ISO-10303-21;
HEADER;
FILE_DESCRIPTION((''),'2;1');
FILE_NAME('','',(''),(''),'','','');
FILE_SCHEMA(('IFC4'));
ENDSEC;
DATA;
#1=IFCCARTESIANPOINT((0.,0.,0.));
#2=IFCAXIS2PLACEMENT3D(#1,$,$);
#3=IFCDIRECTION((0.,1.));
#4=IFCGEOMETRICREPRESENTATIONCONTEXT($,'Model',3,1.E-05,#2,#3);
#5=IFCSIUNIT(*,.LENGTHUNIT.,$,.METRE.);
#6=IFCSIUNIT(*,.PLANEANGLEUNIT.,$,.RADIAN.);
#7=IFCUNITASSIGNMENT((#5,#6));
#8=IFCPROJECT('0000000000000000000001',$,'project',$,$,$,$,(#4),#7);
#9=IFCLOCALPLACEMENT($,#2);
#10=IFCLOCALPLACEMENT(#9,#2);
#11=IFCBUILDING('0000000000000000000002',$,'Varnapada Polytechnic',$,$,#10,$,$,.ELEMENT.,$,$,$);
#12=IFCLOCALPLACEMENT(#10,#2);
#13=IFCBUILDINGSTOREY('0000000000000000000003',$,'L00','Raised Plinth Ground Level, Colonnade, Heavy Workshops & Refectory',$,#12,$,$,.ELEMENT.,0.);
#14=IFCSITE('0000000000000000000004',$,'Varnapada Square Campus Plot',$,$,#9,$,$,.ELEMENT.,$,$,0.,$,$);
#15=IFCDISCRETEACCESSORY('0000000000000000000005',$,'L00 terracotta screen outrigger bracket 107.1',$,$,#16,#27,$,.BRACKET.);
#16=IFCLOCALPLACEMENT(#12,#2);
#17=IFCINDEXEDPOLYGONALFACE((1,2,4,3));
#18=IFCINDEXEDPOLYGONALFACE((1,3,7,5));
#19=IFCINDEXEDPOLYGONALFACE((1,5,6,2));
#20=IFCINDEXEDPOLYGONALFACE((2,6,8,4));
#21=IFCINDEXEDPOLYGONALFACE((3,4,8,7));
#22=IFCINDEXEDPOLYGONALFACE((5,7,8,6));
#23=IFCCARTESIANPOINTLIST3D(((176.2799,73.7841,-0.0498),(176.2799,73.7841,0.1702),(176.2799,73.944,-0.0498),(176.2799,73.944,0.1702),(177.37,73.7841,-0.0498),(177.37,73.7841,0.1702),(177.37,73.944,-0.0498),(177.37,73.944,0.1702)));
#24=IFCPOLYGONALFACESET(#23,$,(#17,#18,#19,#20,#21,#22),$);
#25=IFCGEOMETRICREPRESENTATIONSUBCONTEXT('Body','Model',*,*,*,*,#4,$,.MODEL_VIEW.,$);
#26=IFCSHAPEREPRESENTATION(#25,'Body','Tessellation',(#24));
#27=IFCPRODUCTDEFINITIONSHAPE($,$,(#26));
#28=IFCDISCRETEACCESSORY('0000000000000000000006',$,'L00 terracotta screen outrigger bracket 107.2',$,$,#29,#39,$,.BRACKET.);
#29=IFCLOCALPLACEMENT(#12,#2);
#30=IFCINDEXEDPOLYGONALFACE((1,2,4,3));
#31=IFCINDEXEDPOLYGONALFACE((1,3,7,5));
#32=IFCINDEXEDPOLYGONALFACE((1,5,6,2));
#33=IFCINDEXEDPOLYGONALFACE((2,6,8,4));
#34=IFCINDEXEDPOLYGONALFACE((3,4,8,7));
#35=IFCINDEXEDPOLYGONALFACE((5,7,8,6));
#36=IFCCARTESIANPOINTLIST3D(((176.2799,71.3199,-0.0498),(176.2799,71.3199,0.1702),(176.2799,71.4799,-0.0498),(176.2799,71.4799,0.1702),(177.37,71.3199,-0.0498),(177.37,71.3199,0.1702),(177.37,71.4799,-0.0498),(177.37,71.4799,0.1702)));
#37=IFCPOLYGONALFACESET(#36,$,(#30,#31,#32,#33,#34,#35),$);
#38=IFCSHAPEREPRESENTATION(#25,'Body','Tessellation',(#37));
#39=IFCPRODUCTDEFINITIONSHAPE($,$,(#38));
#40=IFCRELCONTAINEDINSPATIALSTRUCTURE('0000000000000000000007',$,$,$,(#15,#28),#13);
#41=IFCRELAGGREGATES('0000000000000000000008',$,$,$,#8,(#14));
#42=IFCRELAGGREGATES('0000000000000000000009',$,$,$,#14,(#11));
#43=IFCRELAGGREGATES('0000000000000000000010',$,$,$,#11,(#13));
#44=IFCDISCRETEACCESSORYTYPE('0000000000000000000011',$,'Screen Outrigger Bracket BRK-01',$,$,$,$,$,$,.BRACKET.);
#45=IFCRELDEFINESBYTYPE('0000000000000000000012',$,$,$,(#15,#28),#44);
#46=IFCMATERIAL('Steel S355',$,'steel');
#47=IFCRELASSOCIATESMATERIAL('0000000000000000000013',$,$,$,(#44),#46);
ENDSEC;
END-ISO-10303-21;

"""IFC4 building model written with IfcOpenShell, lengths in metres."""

from ifc_helpers import new_model, si_unit, direction, frame, origin, origin_2d, place, context, subcontext, project, spatial, rectangle, extrude, material, type_object, element, save


model = new_model("IFC4")

# Units and contexts
model_context = context("Model", 3, precision=1e-05, world=origin(), true_north=direction((0.0, 1.0)))
body_context = subcontext(model_context, "Body", "Model", "MODEL_VIEW")
ifc_project = project(units=[si_unit("LENGTHUNIT", "METRE"), si_unit("PLANEANGLEUNIT", "RADIAN")], contexts=[model_context])

# Site, building, storey
site_placement = place(None, origin())
site = spatial("IfcSite", under=ifc_project, at=site_placement, Name="Varnapada Square Campus Plot", CompositionType="ELEMENT", RefElevation=0.0)
building_placement = place(site_placement, origin())
building = spatial("IfcBuilding", under=site, at=building_placement, Name="Varnapada Polytechnic", CompositionType="ELEMENT")
storey_placement = place(building_placement, origin())
storey = spatial("IfcBuildingStorey", under=building, at=storey_placement, Name="L00", Description="Raised Plinth Ground Level, Colonnade, Heavy Workshops & Refectory", CompositionType="ELEMENT", Elevation=0.0)

# Discrete accessories
ifc_material_1 = material(Name="Steel S355", Category="steel")
discrete_accessory_type = type_object("IfcDiscreteAccessoryType", Name="Screen Outrigger Bracket BRK-01", PredefinedType="BRACKET", material=ifc_material_1)
for number, where, z_axis, x_axis, name in (
    (1, (176.825, 73.864, -0.0498), (0.0, 0.0, 1.0), (0.0, -1.0, 0.0), "L00 terracotta screen outrigger bracket 107.1"),
    (2, (176.825, 71.3999, -0.0498), (0.0, 0.0, 1.0), (0.0, -1.0, 0.0), "L00 terracotta screen outrigger bracket 107.2"),
):
    element("IfcDiscreteAccessory", number, at=place(storey_placement, frame(where, z_axis=z_axis, x_axis=x_axis)), inside=storey, type_object=discrete_accessory_type, Name=name, PredefinedType="BRACKET", context=body_context, shape_type="SweptSolid", body=[
        extrude(rectangle(XDim=0.1599, YDim=1.0901, at=origin_2d()), origin(), (0.0, 0.0, 1.0), 0.22),
    ])

save(model, "model.ifc")
